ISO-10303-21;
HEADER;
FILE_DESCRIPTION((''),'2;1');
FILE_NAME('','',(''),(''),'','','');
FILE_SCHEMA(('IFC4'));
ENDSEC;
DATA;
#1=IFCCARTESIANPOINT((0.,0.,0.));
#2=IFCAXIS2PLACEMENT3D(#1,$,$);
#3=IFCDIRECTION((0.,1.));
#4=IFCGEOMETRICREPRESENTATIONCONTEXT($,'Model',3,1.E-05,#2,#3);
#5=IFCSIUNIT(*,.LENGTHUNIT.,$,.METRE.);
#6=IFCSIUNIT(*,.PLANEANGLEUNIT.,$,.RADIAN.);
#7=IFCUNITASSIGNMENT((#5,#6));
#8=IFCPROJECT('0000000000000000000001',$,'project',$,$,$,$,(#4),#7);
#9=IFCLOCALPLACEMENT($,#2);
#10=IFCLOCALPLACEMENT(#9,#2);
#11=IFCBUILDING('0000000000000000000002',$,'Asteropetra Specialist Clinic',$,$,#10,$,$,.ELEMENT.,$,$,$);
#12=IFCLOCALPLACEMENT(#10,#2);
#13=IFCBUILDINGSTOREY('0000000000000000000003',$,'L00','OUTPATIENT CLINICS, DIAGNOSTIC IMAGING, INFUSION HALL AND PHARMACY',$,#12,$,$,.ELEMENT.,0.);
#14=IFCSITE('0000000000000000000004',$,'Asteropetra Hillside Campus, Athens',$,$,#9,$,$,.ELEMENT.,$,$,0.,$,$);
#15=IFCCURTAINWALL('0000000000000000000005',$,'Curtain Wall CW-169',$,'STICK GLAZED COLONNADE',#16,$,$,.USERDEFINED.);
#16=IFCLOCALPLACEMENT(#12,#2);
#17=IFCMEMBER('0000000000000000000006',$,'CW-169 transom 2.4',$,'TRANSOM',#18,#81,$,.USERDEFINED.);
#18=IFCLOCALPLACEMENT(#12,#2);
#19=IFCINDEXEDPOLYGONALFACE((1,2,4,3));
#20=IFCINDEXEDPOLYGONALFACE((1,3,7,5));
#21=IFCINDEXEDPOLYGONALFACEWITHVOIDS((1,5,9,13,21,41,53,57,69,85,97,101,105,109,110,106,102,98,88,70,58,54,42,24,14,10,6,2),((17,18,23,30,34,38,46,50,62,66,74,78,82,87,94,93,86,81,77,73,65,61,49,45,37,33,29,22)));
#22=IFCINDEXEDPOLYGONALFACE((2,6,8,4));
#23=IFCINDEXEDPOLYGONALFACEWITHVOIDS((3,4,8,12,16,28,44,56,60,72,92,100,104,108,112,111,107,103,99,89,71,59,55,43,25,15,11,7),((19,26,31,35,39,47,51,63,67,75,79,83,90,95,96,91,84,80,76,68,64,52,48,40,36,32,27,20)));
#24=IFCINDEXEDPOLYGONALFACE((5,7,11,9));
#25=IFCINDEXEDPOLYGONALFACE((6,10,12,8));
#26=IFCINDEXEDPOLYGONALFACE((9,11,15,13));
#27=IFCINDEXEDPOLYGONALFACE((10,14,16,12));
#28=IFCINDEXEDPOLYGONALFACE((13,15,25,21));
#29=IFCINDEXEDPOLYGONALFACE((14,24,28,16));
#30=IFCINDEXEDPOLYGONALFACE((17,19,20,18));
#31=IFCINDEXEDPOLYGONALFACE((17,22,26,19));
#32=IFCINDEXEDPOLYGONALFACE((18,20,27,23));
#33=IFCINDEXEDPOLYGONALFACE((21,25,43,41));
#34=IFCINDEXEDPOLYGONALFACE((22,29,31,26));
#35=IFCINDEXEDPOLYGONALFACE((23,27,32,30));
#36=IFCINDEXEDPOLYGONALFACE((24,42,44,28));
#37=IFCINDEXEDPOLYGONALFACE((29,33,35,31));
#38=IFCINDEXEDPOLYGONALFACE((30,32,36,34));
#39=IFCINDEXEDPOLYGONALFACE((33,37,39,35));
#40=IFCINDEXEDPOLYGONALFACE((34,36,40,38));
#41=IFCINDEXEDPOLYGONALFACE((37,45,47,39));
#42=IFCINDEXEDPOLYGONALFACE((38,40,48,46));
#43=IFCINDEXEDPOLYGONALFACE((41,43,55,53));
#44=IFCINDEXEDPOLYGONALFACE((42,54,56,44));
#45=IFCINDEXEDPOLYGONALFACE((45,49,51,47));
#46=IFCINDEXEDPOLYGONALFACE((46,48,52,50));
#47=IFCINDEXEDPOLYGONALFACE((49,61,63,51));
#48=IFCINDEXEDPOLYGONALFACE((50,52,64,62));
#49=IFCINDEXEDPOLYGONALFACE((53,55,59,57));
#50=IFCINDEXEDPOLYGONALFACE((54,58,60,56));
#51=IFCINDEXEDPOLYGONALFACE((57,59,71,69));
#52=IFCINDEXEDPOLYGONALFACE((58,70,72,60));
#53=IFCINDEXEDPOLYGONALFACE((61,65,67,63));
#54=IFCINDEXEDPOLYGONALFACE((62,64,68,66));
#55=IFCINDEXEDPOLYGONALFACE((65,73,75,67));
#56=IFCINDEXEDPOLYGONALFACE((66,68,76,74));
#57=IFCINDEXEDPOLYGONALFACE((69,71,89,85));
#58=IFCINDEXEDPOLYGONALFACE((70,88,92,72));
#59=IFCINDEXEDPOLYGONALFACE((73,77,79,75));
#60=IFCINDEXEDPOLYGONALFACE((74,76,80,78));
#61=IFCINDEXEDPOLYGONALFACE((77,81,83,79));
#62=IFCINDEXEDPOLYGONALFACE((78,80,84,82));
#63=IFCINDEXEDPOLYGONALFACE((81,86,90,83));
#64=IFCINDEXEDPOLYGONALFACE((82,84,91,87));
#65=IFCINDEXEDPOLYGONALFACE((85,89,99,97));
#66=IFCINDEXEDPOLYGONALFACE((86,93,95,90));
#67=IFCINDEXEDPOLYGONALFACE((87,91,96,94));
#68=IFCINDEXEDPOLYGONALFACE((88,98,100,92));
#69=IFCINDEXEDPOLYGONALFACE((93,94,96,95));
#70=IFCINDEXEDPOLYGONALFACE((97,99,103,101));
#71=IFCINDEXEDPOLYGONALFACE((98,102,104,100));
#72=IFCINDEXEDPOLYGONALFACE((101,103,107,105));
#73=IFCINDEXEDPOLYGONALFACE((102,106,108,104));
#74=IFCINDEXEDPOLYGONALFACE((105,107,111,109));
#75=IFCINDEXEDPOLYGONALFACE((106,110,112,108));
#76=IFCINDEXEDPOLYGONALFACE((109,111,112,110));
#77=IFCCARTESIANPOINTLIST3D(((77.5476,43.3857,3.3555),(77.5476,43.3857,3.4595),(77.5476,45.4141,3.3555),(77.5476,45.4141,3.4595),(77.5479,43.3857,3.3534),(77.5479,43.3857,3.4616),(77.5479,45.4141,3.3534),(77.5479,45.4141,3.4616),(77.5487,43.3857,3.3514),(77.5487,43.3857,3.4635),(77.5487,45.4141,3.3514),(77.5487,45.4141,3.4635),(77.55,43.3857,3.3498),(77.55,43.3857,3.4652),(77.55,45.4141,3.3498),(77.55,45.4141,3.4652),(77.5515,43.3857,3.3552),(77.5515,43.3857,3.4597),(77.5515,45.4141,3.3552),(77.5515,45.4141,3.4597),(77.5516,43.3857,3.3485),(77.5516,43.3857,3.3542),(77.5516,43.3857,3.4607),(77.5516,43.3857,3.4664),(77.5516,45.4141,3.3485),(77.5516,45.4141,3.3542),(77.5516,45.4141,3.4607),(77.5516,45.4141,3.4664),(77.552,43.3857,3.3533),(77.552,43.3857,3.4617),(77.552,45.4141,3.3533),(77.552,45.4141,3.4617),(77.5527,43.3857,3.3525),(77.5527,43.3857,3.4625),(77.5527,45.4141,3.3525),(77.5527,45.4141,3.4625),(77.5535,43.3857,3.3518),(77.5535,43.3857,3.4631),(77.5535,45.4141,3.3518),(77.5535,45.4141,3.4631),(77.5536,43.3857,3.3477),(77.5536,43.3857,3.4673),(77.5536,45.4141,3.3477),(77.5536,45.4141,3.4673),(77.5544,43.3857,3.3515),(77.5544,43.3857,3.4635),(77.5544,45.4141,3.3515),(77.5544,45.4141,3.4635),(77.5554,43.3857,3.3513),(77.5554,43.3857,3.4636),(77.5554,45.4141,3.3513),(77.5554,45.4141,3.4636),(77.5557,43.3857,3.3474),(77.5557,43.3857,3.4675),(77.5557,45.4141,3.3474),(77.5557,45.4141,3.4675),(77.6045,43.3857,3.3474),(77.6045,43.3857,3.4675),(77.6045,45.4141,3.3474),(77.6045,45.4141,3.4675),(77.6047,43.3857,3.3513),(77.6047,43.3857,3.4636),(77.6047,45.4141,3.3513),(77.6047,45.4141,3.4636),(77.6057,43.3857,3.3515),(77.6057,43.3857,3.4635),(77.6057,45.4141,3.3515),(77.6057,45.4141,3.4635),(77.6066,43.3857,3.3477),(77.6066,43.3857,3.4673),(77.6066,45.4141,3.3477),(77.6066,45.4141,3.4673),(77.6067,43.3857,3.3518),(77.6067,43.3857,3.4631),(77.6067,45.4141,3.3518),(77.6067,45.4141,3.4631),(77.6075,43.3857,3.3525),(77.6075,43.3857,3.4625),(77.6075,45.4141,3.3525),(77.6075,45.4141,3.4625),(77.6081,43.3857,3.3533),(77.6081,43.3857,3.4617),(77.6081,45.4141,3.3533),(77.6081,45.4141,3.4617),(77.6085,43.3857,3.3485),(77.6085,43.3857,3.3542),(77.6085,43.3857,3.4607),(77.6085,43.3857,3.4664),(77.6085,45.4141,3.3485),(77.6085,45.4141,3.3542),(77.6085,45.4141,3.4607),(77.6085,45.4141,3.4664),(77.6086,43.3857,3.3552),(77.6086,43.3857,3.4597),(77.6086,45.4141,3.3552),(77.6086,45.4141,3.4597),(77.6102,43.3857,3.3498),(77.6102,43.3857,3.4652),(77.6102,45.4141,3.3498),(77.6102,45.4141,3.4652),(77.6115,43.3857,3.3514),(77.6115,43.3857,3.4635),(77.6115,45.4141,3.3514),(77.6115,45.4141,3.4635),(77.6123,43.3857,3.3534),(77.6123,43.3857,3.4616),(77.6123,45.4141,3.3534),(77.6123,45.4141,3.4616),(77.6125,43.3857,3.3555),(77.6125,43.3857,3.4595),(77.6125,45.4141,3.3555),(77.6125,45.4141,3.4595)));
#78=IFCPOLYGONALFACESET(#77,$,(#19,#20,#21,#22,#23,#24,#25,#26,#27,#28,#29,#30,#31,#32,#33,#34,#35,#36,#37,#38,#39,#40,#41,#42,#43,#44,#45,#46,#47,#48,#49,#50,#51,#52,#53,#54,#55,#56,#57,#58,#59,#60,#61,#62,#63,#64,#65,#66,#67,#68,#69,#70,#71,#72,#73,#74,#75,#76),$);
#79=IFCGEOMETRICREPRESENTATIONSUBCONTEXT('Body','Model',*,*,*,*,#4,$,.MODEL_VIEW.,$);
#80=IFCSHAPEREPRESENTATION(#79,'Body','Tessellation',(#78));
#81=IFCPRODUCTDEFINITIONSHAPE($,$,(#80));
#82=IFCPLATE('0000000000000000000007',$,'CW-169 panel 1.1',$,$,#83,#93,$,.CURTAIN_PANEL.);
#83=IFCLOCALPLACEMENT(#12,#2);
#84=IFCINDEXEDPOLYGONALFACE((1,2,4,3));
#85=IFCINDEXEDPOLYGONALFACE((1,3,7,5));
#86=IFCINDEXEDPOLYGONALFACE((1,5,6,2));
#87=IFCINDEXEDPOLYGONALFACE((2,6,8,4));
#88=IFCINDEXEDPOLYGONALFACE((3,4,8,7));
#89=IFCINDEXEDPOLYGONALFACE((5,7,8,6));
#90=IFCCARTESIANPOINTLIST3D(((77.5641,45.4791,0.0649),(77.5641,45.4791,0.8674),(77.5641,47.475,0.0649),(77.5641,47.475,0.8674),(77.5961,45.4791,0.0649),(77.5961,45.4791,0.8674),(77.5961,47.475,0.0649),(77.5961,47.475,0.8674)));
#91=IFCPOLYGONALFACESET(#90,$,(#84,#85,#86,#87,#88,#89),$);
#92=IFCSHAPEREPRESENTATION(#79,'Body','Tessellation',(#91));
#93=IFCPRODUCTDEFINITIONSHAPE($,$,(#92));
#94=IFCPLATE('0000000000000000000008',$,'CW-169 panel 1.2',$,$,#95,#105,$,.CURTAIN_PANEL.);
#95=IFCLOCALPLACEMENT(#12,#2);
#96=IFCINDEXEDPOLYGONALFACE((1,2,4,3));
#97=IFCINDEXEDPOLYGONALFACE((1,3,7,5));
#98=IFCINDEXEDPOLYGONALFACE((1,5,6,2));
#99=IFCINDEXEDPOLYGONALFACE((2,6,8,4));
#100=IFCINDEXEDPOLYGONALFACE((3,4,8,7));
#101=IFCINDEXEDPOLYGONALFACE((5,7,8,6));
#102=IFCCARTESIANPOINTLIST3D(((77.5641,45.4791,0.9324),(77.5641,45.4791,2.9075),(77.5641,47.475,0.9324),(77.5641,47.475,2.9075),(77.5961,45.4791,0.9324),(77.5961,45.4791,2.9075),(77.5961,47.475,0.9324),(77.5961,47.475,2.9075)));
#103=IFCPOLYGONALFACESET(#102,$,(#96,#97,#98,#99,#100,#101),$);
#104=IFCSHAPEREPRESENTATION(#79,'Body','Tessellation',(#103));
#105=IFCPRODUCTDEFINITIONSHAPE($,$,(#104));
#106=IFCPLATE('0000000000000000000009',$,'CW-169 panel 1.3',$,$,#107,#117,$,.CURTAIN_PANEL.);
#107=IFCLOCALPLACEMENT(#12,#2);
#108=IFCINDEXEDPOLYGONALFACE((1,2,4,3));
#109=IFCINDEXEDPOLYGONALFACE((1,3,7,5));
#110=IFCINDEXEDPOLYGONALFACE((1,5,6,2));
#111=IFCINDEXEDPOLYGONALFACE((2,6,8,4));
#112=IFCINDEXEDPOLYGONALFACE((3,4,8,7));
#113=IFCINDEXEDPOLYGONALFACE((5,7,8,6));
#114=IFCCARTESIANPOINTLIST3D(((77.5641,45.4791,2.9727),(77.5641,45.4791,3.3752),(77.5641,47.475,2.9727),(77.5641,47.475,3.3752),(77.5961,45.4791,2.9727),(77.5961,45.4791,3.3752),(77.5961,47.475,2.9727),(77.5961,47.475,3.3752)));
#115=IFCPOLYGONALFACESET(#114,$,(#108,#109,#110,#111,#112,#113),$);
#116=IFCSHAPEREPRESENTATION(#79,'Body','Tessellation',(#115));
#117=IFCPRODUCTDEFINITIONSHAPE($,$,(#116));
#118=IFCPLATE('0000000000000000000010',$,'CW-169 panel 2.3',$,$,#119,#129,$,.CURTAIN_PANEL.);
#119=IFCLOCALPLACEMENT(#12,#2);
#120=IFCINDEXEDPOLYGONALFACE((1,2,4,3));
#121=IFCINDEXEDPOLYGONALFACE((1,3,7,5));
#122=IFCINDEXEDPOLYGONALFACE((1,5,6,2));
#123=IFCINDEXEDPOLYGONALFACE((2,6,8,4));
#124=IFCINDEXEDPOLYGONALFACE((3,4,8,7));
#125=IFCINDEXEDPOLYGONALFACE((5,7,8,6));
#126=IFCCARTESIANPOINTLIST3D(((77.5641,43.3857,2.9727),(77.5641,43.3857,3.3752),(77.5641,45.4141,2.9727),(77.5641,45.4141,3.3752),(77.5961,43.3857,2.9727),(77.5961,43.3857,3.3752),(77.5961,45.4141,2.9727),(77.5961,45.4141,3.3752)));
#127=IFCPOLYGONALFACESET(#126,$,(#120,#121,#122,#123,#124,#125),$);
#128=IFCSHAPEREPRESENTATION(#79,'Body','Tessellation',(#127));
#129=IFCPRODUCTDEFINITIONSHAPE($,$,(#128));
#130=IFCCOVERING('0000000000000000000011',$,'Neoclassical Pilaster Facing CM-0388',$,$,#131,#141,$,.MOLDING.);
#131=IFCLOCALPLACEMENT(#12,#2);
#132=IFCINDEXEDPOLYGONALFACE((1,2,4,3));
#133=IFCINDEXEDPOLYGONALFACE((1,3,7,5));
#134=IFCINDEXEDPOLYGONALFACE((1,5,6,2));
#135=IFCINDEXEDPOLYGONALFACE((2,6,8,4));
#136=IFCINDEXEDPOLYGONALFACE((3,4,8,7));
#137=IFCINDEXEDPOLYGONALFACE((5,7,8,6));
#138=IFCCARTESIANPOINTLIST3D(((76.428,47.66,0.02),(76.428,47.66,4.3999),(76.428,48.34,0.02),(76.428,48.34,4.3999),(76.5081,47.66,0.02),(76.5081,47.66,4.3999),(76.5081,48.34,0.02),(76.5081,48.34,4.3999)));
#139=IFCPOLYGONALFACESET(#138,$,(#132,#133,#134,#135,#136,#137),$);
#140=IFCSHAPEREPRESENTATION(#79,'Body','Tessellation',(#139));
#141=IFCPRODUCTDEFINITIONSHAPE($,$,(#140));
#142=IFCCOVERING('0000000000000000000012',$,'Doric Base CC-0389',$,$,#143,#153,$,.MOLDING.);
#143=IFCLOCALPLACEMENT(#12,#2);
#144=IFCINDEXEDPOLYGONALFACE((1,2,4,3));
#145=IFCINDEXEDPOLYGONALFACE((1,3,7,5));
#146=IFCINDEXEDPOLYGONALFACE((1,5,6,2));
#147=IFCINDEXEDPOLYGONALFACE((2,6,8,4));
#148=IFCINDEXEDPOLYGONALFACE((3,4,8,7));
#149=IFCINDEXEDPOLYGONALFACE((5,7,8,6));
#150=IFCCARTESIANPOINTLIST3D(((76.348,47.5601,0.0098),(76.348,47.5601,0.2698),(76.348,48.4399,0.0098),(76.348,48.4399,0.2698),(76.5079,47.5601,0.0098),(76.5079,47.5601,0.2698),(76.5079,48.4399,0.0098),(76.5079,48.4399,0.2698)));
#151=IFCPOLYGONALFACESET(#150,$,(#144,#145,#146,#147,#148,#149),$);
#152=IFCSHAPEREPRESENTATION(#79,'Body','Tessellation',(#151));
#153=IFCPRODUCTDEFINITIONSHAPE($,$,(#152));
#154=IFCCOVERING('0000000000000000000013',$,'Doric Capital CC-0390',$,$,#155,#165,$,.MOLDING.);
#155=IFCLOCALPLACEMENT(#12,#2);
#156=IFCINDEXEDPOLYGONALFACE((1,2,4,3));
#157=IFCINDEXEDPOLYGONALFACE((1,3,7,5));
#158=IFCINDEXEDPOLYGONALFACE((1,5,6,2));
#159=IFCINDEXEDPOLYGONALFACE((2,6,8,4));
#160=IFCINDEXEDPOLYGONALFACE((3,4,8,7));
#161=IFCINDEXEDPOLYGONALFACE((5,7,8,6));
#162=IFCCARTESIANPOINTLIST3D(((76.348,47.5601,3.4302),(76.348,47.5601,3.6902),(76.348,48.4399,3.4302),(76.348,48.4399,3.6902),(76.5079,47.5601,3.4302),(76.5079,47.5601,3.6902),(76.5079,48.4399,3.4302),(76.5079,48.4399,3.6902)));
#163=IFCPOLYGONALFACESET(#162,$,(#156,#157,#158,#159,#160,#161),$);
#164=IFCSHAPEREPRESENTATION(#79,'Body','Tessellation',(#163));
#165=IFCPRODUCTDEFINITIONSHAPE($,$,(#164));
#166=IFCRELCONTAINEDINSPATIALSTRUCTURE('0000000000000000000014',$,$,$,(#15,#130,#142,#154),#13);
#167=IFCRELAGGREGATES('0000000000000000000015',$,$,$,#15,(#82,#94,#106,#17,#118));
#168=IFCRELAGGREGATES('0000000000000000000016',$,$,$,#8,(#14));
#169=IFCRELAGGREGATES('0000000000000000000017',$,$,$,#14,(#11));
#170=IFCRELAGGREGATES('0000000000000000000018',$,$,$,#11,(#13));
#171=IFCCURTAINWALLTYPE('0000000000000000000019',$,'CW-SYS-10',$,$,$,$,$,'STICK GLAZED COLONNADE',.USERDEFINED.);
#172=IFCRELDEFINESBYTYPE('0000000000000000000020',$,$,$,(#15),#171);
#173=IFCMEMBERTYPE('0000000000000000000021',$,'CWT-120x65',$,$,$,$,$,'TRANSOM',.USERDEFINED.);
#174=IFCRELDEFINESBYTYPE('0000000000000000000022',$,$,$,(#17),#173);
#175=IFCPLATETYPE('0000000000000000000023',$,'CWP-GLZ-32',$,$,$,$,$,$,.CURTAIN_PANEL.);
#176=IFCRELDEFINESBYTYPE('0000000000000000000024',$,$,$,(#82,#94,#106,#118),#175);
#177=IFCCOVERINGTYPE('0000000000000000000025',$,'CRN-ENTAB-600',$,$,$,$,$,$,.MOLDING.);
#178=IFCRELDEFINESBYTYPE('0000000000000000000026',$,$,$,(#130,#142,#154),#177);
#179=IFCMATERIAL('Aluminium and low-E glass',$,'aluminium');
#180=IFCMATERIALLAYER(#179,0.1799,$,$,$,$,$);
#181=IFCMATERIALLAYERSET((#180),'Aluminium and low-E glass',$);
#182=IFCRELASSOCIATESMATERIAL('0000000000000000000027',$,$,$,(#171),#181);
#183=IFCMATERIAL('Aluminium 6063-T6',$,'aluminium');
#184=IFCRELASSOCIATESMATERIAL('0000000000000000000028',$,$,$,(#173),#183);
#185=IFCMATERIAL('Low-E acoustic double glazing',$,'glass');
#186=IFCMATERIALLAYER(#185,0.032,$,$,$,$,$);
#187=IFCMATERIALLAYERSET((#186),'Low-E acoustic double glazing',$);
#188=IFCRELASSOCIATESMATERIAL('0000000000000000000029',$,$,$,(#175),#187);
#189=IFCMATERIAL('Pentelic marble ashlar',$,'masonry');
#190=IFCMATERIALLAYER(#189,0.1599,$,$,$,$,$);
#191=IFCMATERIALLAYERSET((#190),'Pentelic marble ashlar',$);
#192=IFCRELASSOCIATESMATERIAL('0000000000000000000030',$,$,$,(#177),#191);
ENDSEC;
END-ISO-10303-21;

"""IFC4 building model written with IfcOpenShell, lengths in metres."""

from ifc_helpers import new_model, si_unit, direction, frame, origin, origin_2d, place, context, subcontext, project, spatial, rectangle, hollow_rectangle, extrude, material, layer, layer_set, material_profile, profile_set, type_object, element, aggregate, save


model = new_model("IFC4")

# Units and contexts
model_context = context("Model", 3, precision=1e-05, world=origin(), true_north=direction((0.0, 1.0)))
body_context = subcontext(model_context, "Body", "Model", "MODEL_VIEW")
ifc_project = project(units=[si_unit("LENGTHUNIT", "METRE"), si_unit("PLANEANGLEUNIT", "RADIAN")], contexts=[model_context])

# Site, building, storey
site_placement = place(None, origin())
site = spatial("IfcSite", under=ifc_project, at=site_placement, Name="Asteropetra Hillside Campus, Athens", CompositionType="ELEMENT", RefElevation=0.0)
building_placement = place(site_placement, origin())
building = spatial("IfcBuilding", under=site, at=building_placement, Name="Asteropetra Specialist Clinic", CompositionType="ELEMENT")
storey_placement = place(building_placement, origin())
storey = spatial("IfcBuildingStorey", under=building, at=storey_placement, Name="L00", Description="OUTPATIENT CLINICS, DIAGNOSTIC IMAGING, INFUSION HALL AND PHARMACY", CompositionType="ELEMENT", Elevation=0.0)

# Curtain wall, member, plates
ifc_material_1 = material(Name="Aluminium and low-E glass", Category="aluminium")
ifc_layer_1 = layer(ifc_material_1, 0.1799)
ifc_layer_set_1 = layer_set([ifc_layer_1], Name="Aluminium and low-E glass")
curtain_wall_type = type_object("IfcCurtainWallType", Name="CW-SYS-10", ElementType="STICK GLAZED COLONNADE", PredefinedType="USERDEFINED", material=ifc_layer_set_1)
curtain_wall_placement = place(storey_placement, origin())
curtain_wall = element("IfcCurtainWall", 1, at=curtain_wall_placement, inside=storey, type_object=curtain_wall_type, Name="Curtain Wall CW-169", ObjectType="STICK GLAZED COLONNADE", PredefinedType="USERDEFINED")
ifc_material_2 = material(Name="Aluminium 6063-T6", Category="aluminium")
ifc_material_profile_1 = material_profile(ifc_material_2, hollow_rectangle(XDim=0.0649, YDim=0.1201, WallThickness=0.0039, InnerFilletRadius=0.0039, OuterFilletRadius=0.0081, at=origin_2d()), Name="TRN 120x65x4.0")
ifc_profile_set_1 = profile_set([ifc_material_profile_1], Name="Aluminium 6063-T6")
member_type_1 = type_object("IfcMemberType", Name="CWT-120x65", ElementType="TRANSOM", PredefinedType="USERDEFINED", material=ifc_profile_set_1)
member_1_placement = place(storey_placement, frame((77.5801, 45.4141, 3.4075), z_axis=(0.0, -1.0, 0.0), x_axis=(1.0, 0.0, 0.0)))
member_1 = element("IfcMember", 2, at=member_1_placement, type_object=member_type_1, Name="CW-169 transom 2.4", ObjectType="TRANSOM", PredefinedType="USERDEFINED", context=body_context, shape_type="SweptSolid", body=[
    extrude(hollow_rectangle(XDim=0.0649, YDim=0.1201, WallThickness=0.0039, InnerFilletRadius=0.0039, OuterFilletRadius=0.0081, at=origin_2d()), origin(), (0.0, 0.0, 1.0), 2.0283),
])
ifc_material_3 = material(Name="Low-E acoustic double glazing", Category="glass")
ifc_layer_2 = layer(ifc_material_3, 0.032)
ifc_layer_set_2 = layer_set([ifc_layer_2], Name="Low-E acoustic double glazing")
plate_type = type_object("IfcPlateType", Name="CWP-GLZ-32", PredefinedType="CURTAIN_PANEL", material=ifc_layer_set_2)
plate_1_placement = place(storey_placement, frame((77.5801, 46.4771, 0.0649), z_axis=(0.0, 0.0, 1.0), x_axis=(0.0, -1.0, 0.0)))
plate_1 = element("IfcPlate", 3, at=plate_1_placement, type_object=plate_type, Name="CW-169 panel 1.1", PredefinedType="CURTAIN_PANEL", context=body_context, shape_type="SweptSolid", body=[
    extrude(rectangle(XDim=1.9958, YDim=0.032, at=origin_2d()), origin(), (0.0, 0.0, 1.0), 0.8025),
])
plate_2_placement = place(storey_placement, frame((77.5801, 46.4771, 0.9324), z_axis=(0.0, 0.0, 1.0), x_axis=(0.0, -1.0, 0.0)))
plate_2 = element("IfcPlate", 4, at=plate_2_placement, type_object=plate_type, Name="CW-169 panel 1.2", PredefinedType="CURTAIN_PANEL", context=body_context, shape_type="SweptSolid", body=[
    extrude(rectangle(XDim=1.9958, YDim=0.032, at=origin_2d()), origin(), (0.0, 0.0, 1.0), 1.9751),
])
plate_3_placement = place(storey_placement, frame((77.5801, 46.4771, 2.9727), z_axis=(0.0, 0.0, 1.0), x_axis=(0.0, -1.0, 0.0)))
plate_3 = element("IfcPlate", 5, at=plate_3_placement, type_object=plate_type, Name="CW-169 panel 1.3", PredefinedType="CURTAIN_PANEL", context=body_context, shape_type="SweptSolid", body=[
    extrude(rectangle(XDim=1.9958, YDim=0.032, at=origin_2d()), origin(), (0.0, 0.0, 1.0), 0.4026),
])
plate_4_placement = place(storey_placement, frame((77.5801, 44.3999, 2.9727), z_axis=(0.0, 0.0, 1.0), x_axis=(0.0, -1.0, 0.0)))
plate_4 = element("IfcPlate", 6, at=plate_4_placement, type_object=plate_type, Name="CW-169 panel 2.3", PredefinedType="CURTAIN_PANEL", context=body_context, shape_type="SweptSolid", body=[
    extrude(rectangle(XDim=2.0283, YDim=0.032, at=origin_2d()), origin(), (0.0, 0.0, 1.0), 0.4026),
])
aggregate(curtain_wall, [plate_1, plate_2, plate_3, member_1, plate_4])

# Coverings
ifc_material_4 = material(Name="Pentelic marble ashlar", Category="masonry")
ifc_layer_3 = layer(ifc_material_4, 0.1599)
ifc_layer_set_3 = layer_set([ifc_layer_3], Name="Pentelic marble ashlar")
covering_type = type_object("IfcCoveringType", Name="CRN-ENTAB-600", PredefinedType="MOLDING", material=ifc_layer_set_3)
covering_placement = place(storey_placement, frame((76.468, 48.0, 0.02), z_axis=(0.0, 0.0, 1.0), x_axis=(1.0, 0.0, 0.0)))
element("IfcCovering", 7, at=covering_placement, inside=storey, type_object=covering_type, Name="Neoclassical Pilaster Facing CM-0388", PredefinedType="MOLDING", context=body_context, shape_type="SweptSolid", body=[
    extrude(rectangle(XDim=0.0801, YDim=0.6799, at=origin_2d()), origin(), (0.0, 0.0, 1.0), 4.3799),
])
for number, where, z_axis, x_axis, name in (
    (8, (76.428, 48.0, 0.0098), (0.0, 0.0, 1.0), (1.0, 0.0, 0.0), "Doric Base CC-0389"),
    (9, (76.428, 48.0, 3.4302), (0.0, 0.0, 1.0), (1.0, 0.0, 0.0), "Doric Capital CC-0390"),
):
    element("IfcCovering", number, at=place(storey_placement, frame(where, z_axis=z_axis, x_axis=x_axis)), inside=storey, type_object=covering_type, Name=name, PredefinedType="MOLDING", context=body_context, shape_type="SweptSolid", body=[
        extrude(rectangle(XDim=0.1599, YDim=0.8799, at=origin_2d()), origin(), (0.0, 0.0, 1.0), 0.26),
    ])

save(model, "model.ifc")
